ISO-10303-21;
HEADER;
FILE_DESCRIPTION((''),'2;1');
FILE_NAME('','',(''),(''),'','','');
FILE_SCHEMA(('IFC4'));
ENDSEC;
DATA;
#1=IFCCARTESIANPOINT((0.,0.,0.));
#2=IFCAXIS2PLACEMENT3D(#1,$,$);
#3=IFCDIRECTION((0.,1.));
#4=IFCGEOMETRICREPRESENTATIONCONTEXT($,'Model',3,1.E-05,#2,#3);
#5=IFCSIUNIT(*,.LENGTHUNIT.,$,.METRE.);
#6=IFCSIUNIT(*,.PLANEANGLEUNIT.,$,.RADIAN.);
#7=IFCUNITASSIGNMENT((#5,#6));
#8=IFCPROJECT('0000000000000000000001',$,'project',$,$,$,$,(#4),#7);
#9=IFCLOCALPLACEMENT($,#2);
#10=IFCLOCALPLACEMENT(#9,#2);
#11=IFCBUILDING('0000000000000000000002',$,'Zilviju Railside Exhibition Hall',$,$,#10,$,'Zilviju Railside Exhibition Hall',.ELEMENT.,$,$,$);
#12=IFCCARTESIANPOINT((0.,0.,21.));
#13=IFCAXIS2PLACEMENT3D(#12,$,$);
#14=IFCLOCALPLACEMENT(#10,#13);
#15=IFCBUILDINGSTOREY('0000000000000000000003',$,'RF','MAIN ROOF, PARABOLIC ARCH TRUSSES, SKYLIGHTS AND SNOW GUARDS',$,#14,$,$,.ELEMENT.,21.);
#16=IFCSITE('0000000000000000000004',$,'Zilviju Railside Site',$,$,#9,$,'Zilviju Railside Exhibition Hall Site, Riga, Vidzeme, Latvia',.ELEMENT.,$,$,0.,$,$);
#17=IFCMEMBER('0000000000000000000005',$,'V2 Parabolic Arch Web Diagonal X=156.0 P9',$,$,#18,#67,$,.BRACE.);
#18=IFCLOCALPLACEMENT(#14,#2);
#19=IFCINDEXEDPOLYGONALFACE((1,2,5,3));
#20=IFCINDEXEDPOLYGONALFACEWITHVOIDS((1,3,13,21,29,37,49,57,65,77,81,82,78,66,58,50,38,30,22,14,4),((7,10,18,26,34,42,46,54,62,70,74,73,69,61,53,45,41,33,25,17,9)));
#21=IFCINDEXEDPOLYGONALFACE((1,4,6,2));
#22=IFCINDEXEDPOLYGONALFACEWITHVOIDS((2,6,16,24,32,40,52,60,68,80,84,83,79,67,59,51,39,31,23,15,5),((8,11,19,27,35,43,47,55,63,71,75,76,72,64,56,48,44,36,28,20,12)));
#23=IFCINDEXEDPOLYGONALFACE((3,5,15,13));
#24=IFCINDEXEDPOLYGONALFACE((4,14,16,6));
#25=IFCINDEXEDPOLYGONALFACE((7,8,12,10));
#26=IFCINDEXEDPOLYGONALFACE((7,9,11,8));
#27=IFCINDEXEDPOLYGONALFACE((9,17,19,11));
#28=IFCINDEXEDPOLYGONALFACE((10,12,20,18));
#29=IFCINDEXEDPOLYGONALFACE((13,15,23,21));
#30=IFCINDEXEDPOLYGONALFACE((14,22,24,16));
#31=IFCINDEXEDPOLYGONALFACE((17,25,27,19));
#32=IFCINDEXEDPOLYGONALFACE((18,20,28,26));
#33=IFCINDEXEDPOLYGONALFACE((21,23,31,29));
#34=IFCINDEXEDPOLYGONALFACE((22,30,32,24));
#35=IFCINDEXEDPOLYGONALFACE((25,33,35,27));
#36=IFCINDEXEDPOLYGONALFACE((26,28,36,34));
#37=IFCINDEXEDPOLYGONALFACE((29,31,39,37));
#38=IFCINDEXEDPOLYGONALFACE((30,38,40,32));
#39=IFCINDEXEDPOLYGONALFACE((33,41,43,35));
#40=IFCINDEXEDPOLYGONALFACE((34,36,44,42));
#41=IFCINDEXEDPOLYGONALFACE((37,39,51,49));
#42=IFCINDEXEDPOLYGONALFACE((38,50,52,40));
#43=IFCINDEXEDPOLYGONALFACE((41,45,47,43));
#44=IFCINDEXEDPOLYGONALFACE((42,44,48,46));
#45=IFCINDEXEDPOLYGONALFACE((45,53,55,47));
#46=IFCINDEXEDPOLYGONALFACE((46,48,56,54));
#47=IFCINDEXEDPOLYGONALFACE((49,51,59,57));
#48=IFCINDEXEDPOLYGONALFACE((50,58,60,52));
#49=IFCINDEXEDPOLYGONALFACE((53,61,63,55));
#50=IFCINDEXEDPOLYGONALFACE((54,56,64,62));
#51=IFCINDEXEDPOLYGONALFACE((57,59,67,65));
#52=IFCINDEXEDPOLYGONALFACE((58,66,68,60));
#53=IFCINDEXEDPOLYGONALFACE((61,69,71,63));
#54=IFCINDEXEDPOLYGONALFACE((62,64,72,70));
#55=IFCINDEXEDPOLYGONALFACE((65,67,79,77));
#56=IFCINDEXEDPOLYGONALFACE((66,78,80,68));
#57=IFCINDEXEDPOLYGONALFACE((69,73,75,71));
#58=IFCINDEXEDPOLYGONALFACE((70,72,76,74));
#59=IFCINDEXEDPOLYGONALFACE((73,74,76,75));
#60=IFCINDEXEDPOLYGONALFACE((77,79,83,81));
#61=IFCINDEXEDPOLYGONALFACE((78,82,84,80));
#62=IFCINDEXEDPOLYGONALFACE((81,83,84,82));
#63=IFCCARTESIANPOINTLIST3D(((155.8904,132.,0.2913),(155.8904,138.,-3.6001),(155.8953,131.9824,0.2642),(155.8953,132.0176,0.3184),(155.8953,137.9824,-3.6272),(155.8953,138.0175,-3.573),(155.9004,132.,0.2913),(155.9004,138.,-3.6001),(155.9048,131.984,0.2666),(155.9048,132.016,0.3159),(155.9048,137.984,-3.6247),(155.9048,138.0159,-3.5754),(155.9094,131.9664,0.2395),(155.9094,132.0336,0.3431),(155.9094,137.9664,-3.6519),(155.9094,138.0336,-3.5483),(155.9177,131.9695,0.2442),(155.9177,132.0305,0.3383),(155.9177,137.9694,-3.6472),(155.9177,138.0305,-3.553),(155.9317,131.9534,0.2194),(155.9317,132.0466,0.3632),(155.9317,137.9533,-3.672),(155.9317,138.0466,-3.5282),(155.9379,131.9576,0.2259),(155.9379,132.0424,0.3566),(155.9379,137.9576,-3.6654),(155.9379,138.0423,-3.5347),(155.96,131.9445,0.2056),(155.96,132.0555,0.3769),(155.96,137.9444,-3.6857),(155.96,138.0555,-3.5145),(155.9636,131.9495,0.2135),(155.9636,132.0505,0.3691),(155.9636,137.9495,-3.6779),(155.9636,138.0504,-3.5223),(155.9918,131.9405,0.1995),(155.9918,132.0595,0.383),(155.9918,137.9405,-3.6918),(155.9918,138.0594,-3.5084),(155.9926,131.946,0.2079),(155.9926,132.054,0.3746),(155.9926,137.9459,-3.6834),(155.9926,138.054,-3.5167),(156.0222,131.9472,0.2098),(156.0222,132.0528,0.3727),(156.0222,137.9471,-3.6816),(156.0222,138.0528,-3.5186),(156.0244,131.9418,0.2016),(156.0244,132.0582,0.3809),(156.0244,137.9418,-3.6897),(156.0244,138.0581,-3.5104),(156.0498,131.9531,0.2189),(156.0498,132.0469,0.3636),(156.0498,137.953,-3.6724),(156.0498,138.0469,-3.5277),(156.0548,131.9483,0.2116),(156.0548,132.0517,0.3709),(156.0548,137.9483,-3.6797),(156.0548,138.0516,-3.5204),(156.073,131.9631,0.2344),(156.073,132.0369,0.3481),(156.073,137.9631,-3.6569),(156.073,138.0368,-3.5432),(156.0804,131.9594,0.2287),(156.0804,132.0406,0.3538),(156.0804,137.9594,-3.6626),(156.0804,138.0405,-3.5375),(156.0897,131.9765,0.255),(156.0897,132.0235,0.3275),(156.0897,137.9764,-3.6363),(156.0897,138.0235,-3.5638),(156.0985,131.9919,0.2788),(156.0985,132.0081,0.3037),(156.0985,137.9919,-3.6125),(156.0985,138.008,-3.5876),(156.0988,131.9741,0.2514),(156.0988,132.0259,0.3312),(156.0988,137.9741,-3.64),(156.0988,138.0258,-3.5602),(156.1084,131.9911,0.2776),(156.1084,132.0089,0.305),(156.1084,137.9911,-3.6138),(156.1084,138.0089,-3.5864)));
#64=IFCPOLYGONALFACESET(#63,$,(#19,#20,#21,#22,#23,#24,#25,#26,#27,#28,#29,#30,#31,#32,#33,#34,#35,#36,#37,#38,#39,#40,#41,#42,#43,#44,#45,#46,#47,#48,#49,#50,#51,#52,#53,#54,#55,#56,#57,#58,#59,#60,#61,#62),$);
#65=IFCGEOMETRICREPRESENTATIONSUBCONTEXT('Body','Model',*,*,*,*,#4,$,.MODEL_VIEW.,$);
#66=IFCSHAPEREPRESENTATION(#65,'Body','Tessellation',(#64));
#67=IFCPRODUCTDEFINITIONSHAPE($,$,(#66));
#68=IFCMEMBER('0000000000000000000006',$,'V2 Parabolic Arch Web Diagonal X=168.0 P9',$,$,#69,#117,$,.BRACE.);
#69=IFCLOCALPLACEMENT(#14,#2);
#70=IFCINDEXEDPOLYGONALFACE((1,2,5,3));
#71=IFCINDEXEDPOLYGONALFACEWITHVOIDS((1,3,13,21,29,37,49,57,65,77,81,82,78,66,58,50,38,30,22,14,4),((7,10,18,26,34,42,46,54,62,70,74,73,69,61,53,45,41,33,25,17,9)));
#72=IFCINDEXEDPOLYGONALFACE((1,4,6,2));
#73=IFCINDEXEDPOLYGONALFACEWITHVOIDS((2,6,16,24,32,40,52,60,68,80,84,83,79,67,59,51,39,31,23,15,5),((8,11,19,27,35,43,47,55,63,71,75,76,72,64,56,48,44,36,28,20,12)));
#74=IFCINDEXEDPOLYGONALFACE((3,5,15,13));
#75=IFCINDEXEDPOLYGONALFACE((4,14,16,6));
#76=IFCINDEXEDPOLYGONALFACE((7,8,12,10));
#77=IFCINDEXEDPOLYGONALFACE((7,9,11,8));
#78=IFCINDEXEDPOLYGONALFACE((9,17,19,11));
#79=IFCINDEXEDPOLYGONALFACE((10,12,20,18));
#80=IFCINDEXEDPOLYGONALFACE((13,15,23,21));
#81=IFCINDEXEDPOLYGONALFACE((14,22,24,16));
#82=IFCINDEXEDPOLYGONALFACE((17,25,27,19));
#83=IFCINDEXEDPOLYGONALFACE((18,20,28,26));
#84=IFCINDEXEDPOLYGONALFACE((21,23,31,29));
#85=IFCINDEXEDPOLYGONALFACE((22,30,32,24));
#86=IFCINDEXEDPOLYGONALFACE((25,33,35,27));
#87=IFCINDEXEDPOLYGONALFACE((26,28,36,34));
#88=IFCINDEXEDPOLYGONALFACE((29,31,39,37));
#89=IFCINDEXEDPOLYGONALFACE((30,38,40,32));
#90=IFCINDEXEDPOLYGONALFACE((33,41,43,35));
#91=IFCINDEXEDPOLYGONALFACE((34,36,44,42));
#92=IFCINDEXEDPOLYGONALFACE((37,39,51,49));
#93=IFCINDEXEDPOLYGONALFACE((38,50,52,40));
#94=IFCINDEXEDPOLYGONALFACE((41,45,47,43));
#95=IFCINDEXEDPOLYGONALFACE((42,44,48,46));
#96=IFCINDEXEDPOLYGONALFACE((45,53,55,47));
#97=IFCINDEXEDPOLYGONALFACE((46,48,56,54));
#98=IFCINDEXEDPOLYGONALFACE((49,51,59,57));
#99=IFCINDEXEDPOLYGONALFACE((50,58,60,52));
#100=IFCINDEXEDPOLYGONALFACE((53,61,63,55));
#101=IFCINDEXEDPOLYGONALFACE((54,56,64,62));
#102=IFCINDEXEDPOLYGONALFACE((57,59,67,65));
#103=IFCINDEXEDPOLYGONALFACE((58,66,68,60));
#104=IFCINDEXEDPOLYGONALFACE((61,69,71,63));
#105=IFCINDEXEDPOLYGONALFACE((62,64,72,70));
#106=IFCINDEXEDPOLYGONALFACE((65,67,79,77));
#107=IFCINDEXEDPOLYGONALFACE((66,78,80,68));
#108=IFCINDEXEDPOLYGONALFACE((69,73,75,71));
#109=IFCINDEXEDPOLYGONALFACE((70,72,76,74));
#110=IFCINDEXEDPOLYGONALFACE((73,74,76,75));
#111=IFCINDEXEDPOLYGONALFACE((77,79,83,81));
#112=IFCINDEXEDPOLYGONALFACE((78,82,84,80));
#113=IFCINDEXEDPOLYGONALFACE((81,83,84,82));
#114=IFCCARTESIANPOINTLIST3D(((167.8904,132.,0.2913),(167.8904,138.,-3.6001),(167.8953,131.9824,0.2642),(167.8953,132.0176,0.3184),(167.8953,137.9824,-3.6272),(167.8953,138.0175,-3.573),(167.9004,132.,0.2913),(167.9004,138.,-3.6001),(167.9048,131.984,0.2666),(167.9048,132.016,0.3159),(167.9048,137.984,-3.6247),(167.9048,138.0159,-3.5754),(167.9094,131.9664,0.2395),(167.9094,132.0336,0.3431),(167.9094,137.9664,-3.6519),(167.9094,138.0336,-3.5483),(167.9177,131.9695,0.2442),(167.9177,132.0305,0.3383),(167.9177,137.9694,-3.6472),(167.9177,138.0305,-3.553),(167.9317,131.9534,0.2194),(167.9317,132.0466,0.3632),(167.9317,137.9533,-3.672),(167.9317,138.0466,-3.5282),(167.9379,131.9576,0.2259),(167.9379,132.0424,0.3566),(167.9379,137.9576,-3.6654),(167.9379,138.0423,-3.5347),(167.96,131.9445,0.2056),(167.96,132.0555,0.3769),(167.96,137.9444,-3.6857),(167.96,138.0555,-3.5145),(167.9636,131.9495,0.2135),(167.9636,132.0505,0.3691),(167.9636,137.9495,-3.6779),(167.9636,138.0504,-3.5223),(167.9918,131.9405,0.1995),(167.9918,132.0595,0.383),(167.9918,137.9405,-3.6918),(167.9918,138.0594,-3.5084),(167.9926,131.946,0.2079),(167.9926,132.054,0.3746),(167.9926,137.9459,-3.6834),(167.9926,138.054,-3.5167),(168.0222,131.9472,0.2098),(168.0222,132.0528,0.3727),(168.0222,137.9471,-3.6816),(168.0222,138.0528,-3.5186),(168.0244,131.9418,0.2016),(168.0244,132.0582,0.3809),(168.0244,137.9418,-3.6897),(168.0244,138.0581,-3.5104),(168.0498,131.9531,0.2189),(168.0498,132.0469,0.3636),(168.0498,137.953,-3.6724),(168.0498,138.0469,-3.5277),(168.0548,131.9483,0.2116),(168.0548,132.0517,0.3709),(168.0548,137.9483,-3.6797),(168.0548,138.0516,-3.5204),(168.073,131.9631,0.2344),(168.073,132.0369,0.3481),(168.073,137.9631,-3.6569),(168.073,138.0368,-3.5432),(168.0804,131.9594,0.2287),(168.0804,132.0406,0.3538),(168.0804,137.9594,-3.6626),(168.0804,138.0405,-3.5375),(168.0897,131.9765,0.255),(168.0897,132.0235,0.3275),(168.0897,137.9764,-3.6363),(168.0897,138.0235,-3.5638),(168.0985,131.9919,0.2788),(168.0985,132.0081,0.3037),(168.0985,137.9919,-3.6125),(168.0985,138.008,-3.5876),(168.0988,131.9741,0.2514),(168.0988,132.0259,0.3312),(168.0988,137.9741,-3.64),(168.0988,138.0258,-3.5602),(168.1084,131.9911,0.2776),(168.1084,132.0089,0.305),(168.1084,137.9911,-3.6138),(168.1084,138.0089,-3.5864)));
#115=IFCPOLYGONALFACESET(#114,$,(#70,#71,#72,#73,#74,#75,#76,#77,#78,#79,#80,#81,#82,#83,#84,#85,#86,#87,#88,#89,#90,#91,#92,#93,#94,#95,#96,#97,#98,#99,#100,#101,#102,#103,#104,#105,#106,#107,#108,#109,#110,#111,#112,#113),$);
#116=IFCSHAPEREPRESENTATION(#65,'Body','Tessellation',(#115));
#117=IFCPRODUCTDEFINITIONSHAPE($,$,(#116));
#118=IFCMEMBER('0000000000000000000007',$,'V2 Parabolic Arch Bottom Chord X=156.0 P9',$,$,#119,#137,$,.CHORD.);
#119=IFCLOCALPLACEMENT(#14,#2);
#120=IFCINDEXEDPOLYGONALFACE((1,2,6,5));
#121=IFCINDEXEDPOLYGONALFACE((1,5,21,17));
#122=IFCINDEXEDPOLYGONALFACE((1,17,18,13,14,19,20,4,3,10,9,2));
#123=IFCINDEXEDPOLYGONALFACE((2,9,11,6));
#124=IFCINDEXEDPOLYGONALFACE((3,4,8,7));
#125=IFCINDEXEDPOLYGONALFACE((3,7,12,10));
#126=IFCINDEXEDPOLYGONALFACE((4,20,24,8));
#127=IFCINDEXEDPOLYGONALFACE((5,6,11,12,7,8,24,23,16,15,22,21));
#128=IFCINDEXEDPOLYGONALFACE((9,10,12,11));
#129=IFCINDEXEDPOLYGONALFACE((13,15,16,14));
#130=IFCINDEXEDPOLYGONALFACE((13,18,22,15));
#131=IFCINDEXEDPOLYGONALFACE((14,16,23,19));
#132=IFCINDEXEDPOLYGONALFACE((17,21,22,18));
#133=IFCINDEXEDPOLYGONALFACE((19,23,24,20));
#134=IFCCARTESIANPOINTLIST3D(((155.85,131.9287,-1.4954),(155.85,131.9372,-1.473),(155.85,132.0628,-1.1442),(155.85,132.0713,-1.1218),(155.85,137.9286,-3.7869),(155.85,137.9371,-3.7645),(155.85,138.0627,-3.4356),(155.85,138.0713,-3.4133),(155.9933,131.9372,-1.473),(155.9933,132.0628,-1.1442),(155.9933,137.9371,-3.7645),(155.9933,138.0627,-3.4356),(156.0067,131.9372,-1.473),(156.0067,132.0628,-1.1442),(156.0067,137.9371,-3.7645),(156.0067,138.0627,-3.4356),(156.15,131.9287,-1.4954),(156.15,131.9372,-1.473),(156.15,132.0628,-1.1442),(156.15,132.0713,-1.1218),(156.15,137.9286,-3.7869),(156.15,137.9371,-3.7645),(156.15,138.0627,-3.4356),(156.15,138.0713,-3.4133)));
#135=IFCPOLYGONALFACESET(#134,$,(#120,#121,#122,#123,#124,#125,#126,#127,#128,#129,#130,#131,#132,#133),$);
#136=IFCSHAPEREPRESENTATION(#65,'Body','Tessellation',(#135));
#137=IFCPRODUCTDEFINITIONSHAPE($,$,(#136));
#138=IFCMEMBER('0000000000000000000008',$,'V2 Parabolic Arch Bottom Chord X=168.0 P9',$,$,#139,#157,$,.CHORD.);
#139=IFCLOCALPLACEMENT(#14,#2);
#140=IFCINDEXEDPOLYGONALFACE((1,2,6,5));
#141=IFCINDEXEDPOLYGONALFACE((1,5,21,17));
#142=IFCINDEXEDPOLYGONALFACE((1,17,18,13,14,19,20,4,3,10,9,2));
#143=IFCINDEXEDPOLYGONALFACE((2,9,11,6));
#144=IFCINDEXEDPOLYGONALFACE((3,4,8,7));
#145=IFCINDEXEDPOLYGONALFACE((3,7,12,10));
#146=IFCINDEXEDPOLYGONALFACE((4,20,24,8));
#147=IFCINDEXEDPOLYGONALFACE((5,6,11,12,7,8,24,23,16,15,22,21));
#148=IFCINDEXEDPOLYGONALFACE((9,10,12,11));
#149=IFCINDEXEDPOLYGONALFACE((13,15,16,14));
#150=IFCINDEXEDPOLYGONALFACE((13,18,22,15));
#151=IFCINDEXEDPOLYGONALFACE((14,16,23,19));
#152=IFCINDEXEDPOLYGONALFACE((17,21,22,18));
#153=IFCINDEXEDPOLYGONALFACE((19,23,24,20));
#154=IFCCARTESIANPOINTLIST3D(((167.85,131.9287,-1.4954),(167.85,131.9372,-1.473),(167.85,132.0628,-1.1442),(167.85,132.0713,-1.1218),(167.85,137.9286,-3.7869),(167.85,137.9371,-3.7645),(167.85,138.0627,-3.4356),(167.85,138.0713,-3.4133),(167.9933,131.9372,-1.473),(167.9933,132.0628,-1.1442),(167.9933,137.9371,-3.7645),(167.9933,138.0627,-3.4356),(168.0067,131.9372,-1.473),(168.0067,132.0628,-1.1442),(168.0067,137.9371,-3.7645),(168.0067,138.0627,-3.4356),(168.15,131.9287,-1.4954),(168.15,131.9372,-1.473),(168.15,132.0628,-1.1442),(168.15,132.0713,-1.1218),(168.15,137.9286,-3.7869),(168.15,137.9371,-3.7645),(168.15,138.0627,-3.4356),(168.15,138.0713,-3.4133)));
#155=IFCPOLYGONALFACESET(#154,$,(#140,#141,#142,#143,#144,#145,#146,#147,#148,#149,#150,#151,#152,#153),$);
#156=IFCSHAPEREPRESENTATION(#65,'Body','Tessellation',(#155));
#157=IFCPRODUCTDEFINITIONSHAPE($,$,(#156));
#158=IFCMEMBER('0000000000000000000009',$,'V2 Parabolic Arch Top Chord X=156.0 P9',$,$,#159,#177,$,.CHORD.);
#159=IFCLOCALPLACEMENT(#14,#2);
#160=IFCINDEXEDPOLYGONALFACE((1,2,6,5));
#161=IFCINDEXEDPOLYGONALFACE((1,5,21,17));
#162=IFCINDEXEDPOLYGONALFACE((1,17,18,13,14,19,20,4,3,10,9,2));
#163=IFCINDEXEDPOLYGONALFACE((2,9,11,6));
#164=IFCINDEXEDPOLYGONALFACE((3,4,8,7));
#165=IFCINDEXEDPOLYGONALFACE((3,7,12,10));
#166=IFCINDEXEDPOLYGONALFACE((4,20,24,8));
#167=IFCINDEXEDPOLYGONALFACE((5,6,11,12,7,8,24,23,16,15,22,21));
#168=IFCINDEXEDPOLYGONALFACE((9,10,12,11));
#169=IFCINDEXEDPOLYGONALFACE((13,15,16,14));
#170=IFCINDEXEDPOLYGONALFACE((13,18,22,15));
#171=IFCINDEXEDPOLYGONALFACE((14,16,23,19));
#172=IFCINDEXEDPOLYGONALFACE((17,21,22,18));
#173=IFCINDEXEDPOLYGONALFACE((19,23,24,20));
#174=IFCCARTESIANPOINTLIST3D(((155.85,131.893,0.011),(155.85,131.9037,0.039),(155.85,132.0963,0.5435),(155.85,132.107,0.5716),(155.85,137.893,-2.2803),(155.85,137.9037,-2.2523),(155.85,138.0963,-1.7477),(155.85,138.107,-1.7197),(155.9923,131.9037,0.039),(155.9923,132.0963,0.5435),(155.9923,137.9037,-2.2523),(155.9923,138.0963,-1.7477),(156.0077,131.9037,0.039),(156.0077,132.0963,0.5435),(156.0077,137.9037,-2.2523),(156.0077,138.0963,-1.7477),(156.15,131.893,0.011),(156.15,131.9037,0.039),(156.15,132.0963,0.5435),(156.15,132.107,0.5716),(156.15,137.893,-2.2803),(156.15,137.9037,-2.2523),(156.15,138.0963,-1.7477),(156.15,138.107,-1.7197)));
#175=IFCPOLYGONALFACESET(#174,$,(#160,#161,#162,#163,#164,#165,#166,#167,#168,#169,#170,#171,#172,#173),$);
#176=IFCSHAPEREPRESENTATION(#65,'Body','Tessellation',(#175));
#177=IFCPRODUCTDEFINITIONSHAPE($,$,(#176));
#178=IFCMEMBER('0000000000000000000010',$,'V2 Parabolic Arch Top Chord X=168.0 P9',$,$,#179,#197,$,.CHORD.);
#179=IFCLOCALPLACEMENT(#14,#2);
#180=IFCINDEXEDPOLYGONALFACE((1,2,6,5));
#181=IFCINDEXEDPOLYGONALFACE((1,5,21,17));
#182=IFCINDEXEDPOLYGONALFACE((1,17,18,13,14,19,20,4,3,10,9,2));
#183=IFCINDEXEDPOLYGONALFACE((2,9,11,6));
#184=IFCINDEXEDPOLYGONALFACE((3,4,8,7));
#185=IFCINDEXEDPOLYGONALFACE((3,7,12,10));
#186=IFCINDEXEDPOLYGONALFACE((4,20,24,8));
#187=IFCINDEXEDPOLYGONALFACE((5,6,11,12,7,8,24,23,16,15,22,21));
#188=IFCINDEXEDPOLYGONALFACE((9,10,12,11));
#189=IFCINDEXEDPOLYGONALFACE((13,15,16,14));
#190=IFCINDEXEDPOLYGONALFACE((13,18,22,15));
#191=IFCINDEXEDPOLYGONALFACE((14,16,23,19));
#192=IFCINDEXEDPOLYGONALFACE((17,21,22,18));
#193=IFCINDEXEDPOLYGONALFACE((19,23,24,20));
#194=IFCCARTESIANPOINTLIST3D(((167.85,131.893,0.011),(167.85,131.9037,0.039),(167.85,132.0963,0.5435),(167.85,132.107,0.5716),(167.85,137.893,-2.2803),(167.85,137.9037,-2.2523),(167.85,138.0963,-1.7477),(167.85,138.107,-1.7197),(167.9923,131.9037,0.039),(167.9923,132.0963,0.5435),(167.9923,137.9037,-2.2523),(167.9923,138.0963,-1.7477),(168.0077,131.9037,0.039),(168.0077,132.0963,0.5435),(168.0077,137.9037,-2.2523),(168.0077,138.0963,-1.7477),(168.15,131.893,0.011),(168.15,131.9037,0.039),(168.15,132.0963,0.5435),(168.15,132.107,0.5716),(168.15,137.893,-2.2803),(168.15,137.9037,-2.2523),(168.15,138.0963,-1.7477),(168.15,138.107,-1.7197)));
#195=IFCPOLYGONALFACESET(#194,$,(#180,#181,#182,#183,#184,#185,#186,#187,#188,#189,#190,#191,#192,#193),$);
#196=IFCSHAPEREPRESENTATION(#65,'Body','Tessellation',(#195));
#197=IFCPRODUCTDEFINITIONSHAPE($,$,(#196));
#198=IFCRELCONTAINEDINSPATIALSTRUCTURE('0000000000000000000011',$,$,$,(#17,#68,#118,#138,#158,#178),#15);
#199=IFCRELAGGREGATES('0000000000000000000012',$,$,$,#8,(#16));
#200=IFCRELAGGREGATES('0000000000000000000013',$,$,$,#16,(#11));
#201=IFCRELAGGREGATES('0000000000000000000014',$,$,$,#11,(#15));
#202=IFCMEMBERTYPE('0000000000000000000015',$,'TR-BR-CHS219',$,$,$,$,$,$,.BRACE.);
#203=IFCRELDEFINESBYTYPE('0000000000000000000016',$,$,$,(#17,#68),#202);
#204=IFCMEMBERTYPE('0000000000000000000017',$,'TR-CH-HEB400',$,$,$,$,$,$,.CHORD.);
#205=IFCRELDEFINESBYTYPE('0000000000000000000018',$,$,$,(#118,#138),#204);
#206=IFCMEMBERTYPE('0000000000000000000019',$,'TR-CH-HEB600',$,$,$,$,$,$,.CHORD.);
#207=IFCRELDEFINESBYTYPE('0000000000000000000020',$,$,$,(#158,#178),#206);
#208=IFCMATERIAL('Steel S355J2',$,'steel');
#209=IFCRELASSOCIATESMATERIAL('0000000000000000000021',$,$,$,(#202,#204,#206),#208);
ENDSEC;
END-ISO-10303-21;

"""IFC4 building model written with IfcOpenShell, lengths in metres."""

from ifc_helpers import new_model, si_unit, direction, frame, origin, origin_2d, place, context, subcontext, project, spatial, hollow_circle, i_section, extrude, material, material_profile, profile_set, type_object, element, save


model = new_model("IFC4")

# Units and contexts
model_context = context("Model", 3, precision=1e-05, world=origin(), true_north=direction((0.0, 1.0)))
body_context = subcontext(model_context, "Body", "Model", "MODEL_VIEW")
ifc_project = project(units=[si_unit("LENGTHUNIT", "METRE"), si_unit("PLANEANGLEUNIT", "RADIAN")], contexts=[model_context])

# Site, building, storey
site_placement = place(None, origin())
site = spatial("IfcSite", under=ifc_project, at=site_placement, Name="Zilviju Railside Site", LongName="Zilviju Railside Exhibition Hall Site, Riga, Vidzeme, Latvia", CompositionType="ELEMENT", RefElevation=0.0)
building_placement = place(site_placement, origin())
building = spatial("IfcBuilding", under=site, at=building_placement, Name="Zilviju Railside Exhibition Hall", LongName="Zilviju Railside Exhibition Hall", CompositionType="ELEMENT")
storey_placement = place(building_placement, frame((0.0, 0.0, 21.0)))
storey = spatial("IfcBuildingStorey", under=building, at=storey_placement, Name="RF", Description="MAIN ROOF, PARABOLIC ARCH TRUSSES, SKYLIGHTS AND SNOW GUARDS", CompositionType="ELEMENT", Elevation=21.0)

# Shared definitions
ifc_material_1 = material(Name="Steel S355J2", Category="steel")

# Members
ifc_material_profile_1 = material_profile(ifc_material_1, hollow_circle(Radius=0.1096, WallThickness=0.01, at=origin_2d()), Name="CHS 219.1x10.0")
ifc_profile_set_1 = profile_set([ifc_material_profile_1], Name="Steel S355J2")
member_type_1 = type_object("IfcMemberType", Name="TR-BR-CHS219", PredefinedType="BRACE", material=ifc_profile_set_1)
for number, where, z_axis, x_axis, name in (
    (1, (156.0, 132.0, 0.2913), (0.0, 0.838995, -0.544139), (-1.0, 0.0, 0.0), "V2 Parabolic Arch Web Diagonal X=156.0 P9"),
    (2, (168.0, 132.0, 0.2913), (0.0, 0.838995, -0.544139), (-1.0, 0.0, 0.0), "V2 Parabolic Arch Web Diagonal X=168.0 P9"),
):
    element("IfcMember", number, at=place(storey_placement, frame(where, z_axis=z_axis, x_axis=x_axis)), inside=storey, type_object=member_type_1, Name=name, PredefinedType="BRACE", context=body_context, shape_type="SweptSolid", body=[
        extrude(hollow_circle(Radius=0.1096, WallThickness=0.01, at=origin_2d()), origin(), (0.0, 0.0, 1.0), 7.1514),
    ])
ifc_material_profile_2 = material_profile(ifc_material_1, i_section(OverallWidth=0.3, OverallDepth=0.3999, WebThickness=0.0134, FlangeThickness=0.0239, at=origin_2d()), Name="HEB 400")
ifc_profile_set_2 = profile_set([ifc_material_profile_2], Name="Steel S355J2")
member_type_2 = type_object("IfcMemberType", Name="TR-CH-HEB400", PredefinedType="CHORD", material=ifc_profile_set_2)
for number, where, z_axis, x_axis, name in (
    (3, (156.0, 132.0, -1.3086), (0.0, 0.934188, -0.356782), (-1.0, 0.0, 0.0), "V2 Parabolic Arch Bottom Chord X=156.0 P9"),
    (4, (168.0, 132.0, -1.3086), (0.0, 0.934188, -0.356782), (-1.0, 0.0, 0.0), "V2 Parabolic Arch Bottom Chord X=168.0 P9"),
):
    element("IfcMember", number, at=place(storey_placement, frame(where, z_axis=z_axis, x_axis=x_axis)), inside=storey, type_object=member_type_2, Name=name, PredefinedType="CHORD", context=body_context, shape_type="SweptSolid", body=[
        extrude(i_section(OverallWidth=0.3, OverallDepth=0.3999, WebThickness=0.0134, FlangeThickness=0.0239, at=origin_2d()), origin(), (0.0, 0.0, 1.0), 6.4226),
    ])
ifc_material_profile_3 = material_profile(ifc_material_1, i_section(OverallWidth=0.3, OverallDepth=0.6001, WebThickness=0.0154, FlangeThickness=0.03, at=origin_2d()), Name="HEB 600")
ifc_profile_set_3 = profile_set([ifc_material_profile_3], Name="Steel S355J2")
member_type_3 = type_object("IfcMemberType", Name="TR-CH-HEB600", PredefinedType="CHORD", material=ifc_profile_set_3)
for number, where, z_axis, x_axis, name in (
    (5, (156.0, 132.0, 0.2913), (0.0, 0.9342, -0.356749), (-1.0, 0.0, 0.0), "V2 Parabolic Arch Top Chord X=156.0 P9"),
    (6, (168.0, 132.0, 0.2913), (0.0, 0.9342, -0.356749), (-1.0, 0.0, 0.0), "V2 Parabolic Arch Top Chord X=168.0 P9"),
):
    element("IfcMember", number, at=place(storey_placement, frame(where, z_axis=z_axis, x_axis=x_axis)), inside=storey, type_object=member_type_3, Name=name, PredefinedType="CHORD", context=body_context, shape_type="SweptSolid", body=[
        extrude(i_section(OverallWidth=0.3, OverallDepth=0.6001, WebThickness=0.0154, FlangeThickness=0.03, at=origin_2d()), origin(), (0.0, 0.0, 1.0), 6.4226),
    ])

save(model, "model.ifc")
